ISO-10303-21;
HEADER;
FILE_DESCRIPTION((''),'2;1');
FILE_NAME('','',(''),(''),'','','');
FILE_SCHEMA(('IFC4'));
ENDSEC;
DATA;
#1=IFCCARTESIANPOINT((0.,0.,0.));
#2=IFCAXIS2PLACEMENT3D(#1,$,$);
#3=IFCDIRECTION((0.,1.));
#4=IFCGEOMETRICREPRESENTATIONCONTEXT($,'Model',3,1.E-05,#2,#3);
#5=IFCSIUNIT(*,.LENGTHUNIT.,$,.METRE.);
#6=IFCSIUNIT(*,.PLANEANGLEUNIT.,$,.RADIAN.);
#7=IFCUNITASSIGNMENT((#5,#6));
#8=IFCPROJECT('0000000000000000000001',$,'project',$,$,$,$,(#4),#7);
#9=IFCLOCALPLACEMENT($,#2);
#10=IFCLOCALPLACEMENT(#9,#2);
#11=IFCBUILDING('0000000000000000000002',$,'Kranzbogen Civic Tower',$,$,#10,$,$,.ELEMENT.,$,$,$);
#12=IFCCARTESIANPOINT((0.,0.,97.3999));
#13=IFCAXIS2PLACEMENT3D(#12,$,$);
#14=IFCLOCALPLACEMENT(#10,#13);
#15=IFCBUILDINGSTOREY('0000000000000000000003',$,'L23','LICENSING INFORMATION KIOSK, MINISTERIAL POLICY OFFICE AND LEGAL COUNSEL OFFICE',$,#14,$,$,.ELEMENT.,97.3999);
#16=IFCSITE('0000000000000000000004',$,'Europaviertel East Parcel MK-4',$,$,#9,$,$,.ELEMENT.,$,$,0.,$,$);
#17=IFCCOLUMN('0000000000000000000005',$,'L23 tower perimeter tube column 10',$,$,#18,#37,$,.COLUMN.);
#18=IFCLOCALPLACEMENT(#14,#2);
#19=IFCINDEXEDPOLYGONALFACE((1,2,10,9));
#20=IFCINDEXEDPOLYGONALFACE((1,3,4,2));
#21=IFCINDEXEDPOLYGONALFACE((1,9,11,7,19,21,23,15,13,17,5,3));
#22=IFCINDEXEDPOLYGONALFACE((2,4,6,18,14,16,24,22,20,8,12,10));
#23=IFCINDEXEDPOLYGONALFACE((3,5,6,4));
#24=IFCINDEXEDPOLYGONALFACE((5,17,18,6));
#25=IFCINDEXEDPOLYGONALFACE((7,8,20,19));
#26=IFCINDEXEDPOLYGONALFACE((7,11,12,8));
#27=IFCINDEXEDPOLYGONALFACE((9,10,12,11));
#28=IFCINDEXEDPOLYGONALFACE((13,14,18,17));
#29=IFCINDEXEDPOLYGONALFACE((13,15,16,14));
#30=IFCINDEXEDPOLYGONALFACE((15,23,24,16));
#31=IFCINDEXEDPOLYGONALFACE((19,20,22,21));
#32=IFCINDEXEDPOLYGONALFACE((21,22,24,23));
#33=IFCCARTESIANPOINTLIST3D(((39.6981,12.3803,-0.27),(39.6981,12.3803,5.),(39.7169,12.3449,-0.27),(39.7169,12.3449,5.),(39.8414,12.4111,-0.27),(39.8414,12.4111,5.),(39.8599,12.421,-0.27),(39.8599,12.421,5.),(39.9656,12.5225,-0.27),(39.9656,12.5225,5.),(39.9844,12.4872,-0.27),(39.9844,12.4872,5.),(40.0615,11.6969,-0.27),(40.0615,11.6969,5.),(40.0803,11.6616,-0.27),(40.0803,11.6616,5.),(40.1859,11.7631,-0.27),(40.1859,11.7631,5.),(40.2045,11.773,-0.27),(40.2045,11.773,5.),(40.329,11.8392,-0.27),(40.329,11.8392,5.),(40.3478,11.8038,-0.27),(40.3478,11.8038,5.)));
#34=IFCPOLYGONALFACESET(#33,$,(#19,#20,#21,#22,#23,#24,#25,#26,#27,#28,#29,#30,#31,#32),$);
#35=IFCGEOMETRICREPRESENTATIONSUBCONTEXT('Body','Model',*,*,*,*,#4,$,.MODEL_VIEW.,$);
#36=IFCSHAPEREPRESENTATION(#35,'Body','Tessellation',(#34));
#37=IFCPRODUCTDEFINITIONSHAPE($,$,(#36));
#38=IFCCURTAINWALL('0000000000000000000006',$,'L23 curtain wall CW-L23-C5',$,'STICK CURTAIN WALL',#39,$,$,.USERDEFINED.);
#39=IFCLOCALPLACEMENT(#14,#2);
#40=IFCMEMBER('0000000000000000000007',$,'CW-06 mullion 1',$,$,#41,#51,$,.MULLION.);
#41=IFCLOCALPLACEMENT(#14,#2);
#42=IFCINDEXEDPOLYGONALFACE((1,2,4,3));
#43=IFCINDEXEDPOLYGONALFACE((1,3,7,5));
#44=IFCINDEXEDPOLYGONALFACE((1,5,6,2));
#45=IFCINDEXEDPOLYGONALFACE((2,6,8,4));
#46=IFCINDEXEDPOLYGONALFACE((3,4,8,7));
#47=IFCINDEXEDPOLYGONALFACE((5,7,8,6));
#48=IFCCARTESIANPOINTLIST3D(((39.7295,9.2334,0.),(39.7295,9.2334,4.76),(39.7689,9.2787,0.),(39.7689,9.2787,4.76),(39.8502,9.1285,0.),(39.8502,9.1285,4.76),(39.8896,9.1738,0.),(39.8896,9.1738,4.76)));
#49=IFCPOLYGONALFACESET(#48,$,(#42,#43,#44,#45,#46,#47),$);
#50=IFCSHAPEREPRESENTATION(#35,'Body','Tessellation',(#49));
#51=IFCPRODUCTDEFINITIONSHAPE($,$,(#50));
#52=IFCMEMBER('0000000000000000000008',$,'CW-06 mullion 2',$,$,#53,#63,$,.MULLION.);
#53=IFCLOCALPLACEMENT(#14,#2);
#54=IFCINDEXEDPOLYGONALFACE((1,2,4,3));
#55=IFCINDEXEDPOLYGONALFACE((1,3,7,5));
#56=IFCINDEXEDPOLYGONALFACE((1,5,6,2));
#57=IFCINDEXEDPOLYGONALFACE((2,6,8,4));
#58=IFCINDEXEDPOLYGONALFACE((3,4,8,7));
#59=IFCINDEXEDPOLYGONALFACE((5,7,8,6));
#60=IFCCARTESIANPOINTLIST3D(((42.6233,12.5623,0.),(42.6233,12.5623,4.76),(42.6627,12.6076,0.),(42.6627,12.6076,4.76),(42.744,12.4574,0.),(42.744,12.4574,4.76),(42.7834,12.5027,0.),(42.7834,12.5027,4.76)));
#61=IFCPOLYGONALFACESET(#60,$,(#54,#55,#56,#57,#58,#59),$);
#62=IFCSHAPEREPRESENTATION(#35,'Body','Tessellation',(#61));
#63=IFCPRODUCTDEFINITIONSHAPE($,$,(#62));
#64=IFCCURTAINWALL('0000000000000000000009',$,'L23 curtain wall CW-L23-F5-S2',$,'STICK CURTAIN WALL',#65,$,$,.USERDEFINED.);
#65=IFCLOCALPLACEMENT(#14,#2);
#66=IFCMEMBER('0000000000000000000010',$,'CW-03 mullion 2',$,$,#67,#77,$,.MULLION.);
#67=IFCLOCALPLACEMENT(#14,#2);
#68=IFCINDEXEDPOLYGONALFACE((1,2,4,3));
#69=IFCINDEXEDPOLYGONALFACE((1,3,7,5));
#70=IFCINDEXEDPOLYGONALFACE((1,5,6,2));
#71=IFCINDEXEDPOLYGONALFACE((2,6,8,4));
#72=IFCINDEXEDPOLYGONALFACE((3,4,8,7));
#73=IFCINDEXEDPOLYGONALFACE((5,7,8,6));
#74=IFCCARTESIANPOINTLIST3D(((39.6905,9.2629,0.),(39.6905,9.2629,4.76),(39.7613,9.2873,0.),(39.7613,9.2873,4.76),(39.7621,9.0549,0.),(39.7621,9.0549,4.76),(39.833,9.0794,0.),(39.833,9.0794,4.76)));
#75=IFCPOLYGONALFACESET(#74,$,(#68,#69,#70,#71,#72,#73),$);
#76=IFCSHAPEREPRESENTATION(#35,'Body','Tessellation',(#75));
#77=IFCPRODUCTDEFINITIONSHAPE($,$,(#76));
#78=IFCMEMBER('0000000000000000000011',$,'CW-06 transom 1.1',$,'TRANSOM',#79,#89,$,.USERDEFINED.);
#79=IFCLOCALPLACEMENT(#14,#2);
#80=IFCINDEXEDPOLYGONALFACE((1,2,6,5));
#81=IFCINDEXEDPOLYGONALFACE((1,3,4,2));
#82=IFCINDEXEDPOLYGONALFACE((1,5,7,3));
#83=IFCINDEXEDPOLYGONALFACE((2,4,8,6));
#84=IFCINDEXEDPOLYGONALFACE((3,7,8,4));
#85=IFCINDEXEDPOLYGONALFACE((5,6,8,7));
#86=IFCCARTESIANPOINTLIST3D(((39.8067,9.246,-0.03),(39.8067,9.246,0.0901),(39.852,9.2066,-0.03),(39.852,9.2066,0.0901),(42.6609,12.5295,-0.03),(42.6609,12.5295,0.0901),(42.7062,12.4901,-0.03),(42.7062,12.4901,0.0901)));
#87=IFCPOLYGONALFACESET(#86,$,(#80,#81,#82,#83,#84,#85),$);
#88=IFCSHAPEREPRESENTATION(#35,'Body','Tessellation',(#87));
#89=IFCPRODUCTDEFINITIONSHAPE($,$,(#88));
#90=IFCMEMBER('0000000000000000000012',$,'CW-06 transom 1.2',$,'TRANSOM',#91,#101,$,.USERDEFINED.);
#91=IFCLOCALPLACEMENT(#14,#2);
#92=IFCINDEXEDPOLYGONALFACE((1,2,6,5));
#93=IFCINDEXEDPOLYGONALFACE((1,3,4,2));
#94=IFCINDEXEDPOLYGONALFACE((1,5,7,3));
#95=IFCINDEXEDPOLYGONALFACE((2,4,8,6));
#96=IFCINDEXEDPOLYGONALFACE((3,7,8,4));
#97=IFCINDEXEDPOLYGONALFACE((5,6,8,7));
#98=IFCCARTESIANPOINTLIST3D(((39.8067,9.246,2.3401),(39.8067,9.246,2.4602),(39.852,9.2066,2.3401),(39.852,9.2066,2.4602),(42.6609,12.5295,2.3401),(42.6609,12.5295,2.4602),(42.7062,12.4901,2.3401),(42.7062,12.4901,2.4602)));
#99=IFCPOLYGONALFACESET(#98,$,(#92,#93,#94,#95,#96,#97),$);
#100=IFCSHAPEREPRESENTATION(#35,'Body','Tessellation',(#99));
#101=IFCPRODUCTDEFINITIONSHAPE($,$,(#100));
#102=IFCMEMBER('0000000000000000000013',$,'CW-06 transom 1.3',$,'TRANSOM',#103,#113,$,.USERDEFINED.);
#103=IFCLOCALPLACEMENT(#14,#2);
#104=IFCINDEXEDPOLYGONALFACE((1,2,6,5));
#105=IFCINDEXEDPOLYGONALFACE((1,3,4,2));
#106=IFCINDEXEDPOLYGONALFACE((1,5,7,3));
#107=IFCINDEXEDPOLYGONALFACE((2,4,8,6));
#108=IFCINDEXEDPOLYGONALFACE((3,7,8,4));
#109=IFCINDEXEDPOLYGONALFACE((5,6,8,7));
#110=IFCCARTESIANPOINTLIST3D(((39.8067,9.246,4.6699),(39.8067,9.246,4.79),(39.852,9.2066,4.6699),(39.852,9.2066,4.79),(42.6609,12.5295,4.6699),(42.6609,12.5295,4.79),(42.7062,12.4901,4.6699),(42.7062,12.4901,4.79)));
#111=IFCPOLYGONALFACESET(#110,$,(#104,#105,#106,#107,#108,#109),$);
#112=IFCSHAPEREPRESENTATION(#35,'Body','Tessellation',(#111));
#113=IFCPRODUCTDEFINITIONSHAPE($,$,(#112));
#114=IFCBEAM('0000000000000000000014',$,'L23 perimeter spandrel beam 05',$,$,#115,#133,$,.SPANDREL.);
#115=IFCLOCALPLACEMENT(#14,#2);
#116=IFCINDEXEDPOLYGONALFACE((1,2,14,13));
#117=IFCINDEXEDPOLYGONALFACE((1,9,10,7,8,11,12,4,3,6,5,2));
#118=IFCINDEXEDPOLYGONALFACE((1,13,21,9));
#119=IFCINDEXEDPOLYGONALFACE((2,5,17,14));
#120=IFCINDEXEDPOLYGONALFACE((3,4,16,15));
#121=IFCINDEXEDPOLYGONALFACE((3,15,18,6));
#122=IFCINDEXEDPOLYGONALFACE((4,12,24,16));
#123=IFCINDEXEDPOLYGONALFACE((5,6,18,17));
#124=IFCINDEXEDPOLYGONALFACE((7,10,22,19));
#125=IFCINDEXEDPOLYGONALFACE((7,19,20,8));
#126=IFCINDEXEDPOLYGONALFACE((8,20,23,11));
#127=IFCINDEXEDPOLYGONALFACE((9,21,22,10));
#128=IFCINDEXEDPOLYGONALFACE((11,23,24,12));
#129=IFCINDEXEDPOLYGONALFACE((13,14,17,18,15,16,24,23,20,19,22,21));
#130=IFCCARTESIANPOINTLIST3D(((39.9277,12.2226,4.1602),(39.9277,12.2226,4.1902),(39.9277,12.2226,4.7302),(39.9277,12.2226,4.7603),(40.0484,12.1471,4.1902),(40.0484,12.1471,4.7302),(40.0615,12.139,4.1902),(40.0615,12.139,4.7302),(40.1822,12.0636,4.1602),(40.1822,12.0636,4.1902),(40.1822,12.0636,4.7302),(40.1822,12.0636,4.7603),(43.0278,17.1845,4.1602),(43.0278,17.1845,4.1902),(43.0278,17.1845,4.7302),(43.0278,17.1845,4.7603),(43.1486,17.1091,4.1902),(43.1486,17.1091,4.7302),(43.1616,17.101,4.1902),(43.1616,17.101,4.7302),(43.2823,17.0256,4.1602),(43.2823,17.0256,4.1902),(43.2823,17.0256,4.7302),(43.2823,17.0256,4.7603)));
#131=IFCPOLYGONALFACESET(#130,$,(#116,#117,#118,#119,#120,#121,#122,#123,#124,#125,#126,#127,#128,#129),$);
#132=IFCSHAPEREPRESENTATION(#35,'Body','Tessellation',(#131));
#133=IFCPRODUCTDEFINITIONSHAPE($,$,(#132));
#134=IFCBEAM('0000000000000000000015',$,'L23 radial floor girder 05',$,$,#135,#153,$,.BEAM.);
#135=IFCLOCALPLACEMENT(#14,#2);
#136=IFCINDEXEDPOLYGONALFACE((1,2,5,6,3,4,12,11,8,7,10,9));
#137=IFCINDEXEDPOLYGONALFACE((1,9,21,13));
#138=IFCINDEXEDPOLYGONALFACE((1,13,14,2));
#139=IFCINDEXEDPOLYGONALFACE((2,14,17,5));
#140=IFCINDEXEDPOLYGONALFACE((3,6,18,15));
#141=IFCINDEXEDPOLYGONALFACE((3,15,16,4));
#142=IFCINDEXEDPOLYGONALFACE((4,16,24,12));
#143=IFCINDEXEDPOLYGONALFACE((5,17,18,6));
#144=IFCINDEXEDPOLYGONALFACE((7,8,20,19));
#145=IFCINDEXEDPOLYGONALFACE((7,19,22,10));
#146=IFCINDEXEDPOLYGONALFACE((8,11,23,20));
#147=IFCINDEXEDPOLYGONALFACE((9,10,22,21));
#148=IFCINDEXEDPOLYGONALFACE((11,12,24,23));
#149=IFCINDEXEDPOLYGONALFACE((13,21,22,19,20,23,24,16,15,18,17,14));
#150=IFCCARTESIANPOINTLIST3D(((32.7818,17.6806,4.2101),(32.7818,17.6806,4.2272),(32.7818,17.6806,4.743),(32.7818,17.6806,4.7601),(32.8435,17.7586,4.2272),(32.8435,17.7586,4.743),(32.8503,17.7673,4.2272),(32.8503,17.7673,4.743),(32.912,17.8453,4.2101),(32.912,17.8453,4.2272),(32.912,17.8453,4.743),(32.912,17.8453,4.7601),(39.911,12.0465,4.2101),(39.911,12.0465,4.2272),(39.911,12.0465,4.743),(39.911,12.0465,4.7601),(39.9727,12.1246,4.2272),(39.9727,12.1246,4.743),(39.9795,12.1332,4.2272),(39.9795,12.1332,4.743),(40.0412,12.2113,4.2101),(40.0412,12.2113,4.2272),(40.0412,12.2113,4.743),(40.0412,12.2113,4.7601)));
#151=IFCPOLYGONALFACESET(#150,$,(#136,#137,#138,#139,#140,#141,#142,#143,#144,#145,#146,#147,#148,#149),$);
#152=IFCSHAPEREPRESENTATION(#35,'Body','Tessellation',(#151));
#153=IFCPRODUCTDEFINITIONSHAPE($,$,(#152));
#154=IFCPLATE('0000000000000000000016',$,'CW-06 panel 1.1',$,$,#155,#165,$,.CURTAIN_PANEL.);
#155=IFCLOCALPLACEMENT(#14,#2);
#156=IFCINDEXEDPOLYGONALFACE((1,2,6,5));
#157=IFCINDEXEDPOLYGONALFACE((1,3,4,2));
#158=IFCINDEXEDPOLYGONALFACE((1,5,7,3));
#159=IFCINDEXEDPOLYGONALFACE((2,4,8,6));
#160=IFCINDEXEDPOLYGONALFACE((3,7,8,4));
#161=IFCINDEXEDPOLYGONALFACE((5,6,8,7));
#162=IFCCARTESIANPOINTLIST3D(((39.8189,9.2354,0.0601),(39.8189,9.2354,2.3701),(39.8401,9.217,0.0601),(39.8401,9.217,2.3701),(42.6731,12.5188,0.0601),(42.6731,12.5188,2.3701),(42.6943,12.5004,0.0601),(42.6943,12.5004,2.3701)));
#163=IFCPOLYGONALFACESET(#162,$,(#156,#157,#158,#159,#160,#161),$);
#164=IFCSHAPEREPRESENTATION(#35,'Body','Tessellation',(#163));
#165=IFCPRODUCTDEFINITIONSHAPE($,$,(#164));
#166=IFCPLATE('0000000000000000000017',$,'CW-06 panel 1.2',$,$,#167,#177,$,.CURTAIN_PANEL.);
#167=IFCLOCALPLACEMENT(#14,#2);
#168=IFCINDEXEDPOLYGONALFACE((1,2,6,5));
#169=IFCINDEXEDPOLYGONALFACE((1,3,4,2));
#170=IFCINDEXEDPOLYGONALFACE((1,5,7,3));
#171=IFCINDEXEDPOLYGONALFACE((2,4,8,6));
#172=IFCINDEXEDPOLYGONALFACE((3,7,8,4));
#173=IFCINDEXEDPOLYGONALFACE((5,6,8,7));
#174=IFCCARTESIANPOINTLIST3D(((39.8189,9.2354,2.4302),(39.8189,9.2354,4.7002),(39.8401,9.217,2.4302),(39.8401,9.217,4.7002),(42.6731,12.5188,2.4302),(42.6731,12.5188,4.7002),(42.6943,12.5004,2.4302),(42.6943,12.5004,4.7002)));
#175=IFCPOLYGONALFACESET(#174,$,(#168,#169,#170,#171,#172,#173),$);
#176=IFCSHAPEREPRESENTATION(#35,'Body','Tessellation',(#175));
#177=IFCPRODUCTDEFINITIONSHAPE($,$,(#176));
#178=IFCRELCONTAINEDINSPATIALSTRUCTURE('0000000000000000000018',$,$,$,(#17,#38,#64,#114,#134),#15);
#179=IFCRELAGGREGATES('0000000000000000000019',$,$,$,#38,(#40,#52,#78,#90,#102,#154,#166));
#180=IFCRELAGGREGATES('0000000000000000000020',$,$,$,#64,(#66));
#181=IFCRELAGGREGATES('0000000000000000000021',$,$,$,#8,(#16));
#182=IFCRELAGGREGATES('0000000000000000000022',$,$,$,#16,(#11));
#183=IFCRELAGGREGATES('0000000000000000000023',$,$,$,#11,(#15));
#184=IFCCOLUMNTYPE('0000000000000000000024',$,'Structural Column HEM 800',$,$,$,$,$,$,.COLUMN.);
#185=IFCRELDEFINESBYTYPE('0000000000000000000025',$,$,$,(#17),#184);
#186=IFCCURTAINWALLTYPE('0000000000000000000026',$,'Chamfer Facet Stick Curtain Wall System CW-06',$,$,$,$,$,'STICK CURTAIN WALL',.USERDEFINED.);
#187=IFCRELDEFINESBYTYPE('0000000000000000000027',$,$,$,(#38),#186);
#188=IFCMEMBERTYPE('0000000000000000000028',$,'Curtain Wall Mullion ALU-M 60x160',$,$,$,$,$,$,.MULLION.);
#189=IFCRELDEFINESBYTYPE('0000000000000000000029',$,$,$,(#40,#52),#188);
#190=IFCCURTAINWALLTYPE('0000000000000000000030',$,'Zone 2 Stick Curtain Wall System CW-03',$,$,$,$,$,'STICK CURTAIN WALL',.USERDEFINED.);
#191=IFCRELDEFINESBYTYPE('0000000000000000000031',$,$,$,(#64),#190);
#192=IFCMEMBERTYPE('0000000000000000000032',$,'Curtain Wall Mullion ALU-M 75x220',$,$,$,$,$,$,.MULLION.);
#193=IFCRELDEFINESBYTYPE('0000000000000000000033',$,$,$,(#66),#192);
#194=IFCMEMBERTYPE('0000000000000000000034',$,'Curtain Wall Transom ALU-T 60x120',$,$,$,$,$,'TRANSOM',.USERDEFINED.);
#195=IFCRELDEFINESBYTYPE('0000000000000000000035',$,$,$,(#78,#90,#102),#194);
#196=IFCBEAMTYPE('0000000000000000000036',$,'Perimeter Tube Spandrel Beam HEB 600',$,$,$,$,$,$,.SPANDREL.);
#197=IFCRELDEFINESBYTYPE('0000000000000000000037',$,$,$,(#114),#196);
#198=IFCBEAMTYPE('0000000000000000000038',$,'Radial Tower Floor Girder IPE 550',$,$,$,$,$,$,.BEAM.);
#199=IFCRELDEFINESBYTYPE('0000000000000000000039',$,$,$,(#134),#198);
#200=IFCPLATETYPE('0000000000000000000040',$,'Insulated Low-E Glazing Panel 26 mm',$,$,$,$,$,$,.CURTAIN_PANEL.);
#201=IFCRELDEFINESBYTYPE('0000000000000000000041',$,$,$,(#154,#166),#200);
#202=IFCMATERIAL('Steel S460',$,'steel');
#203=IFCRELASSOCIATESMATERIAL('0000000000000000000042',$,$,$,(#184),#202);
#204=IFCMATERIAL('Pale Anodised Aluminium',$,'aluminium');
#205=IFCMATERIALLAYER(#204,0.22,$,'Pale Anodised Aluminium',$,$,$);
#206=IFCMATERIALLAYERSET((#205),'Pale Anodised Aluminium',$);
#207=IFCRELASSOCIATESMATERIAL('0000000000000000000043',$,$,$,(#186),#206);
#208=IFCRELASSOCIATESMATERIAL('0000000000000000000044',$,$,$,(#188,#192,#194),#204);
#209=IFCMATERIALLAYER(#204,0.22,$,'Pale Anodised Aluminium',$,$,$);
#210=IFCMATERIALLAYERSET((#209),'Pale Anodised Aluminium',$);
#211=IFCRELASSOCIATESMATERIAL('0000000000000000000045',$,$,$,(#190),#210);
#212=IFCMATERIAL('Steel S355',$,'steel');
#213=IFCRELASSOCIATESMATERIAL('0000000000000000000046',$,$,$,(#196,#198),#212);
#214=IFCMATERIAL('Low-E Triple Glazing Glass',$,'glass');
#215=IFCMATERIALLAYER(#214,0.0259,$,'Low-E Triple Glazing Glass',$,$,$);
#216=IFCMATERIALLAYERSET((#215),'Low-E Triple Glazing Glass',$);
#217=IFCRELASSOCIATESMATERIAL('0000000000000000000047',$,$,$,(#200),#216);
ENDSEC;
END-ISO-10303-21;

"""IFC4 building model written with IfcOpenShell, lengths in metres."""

from ifc_helpers import new_model, si_unit, direction, frame, origin, origin_2d, place, context, subcontext, project, spatial, rectangle, i_section, extrude, material, layer, layer_set, material_profile, profile_set, type_object, element, aggregate, save


model = new_model("IFC4")

# Units and contexts
model_context = context("Model", 3, precision=1e-05, world=origin(), true_north=direction((0.0, 1.0)))
body_context = subcontext(model_context, "Body", "Model", "MODEL_VIEW")
ifc_project = project(units=[si_unit("LENGTHUNIT", "METRE"), si_unit("PLANEANGLEUNIT", "RADIAN")], contexts=[model_context])

# Site, building, storey
site_placement = place(None, origin())
site = spatial("IfcSite", under=ifc_project, at=site_placement, Name="Europaviertel East Parcel MK-4", CompositionType="ELEMENT", RefElevation=0.0)
building_placement = place(site_placement, origin())
building = spatial("IfcBuilding", under=site, at=building_placement, Name="Kranzbogen Civic Tower", CompositionType="ELEMENT")
storey_placement = place(building_placement, frame((0.0, 0.0, 97.3999)))
storey = spatial("IfcBuildingStorey", under=building, at=storey_placement, Name="L23", Description="LICENSING INFORMATION KIOSK, MINISTERIAL POLICY OFFICE AND LEGAL COUNSEL OFFICE", CompositionType="ELEMENT", Elevation=97.3999)

# Column
ifc_material_1 = material(Name="Steel S460", Category="steel")
ifc_material_profile_1 = material_profile(ifc_material_1, i_section(OverallWidth=0.303, OverallDepth=0.814, WebThickness=0.021, FlangeThickness=0.04, at=origin_2d()), Name="HEM 800")
ifc_profile_set_1 = profile_set([ifc_material_profile_1], Name="Steel S460")
column_type = type_object("IfcColumnType", Name="Structural Column HEM 800", PredefinedType="COLUMN", material=ifc_profile_set_1)
column_placement = place(storey_placement, frame((40.0229, 12.092, -0.27), z_axis=(0.0, 0.0, 1.0), x_axis=(0.882948, 0.469472, 0.0)))
element("IfcColumn", 1, at=column_placement, inside=storey, type_object=column_type, Name="L23 tower perimeter tube column 10", PredefinedType="COLUMN", context=body_context, shape_type="SweptSolid", body=[
    extrude(i_section(OverallWidth=0.303, OverallDepth=0.814, WebThickness=0.021, FlangeThickness=0.04, at=origin_2d()), origin(), (0.0, 0.0, 1.0), 5.27),
])

# Curtain wall, members
ifc_material_2 = material(Name="Pale Anodised Aluminium", Category="aluminium")
ifc_layer_1 = layer(ifc_material_2, 0.22, Name="Pale Anodised Aluminium")
ifc_layer_set_1 = layer_set([ifc_layer_1], Name="Pale Anodised Aluminium")
curtain_wall_type_1 = type_object("IfcCurtainWallType", Name="Chamfer Facet Stick Curtain Wall System CW-06", ElementType="STICK CURTAIN WALL", PredefinedType="USERDEFINED", material=ifc_layer_set_1)
curtain_wall_1_placement = place(storey_placement, origin())
curtain_wall_1 = element("IfcCurtainWall", 2, at=curtain_wall_1_placement, inside=storey, type_object=curtain_wall_type_1, Name="L23 curtain wall CW-L23-C5", ObjectType="STICK CURTAIN WALL", PredefinedType="USERDEFINED")
ifc_material_profile_2 = material_profile(ifc_material_2, rectangle(XDim=0.0601, YDim=0.1599, at=origin_2d()), Name="ALU-M 60x160")
ifc_profile_set_2 = profile_set([ifc_material_profile_2], Name="Pale Anodised Aluminium")
member_type_1 = type_object("IfcMemberType", Name="Curtain Wall Mullion ALU-M 60x160", PredefinedType="MULLION", material=ifc_profile_set_2)
member_1_placement = place(storey_placement, frame((39.8096, 9.2036, 0.0), z_axis=(0.0, 0.0, 1.0), x_axis=(0.656062, 0.754707, 0.0)))
member_1 = element("IfcMember", 3, at=member_1_placement, type_object=member_type_1, Name="CW-06 mullion 1", PredefinedType="MULLION", context=body_context, shape_type="SweptSolid", body=[
    extrude(rectangle(XDim=0.0601, YDim=0.1599, at=origin_2d()), origin(), (0.0, 0.0, 1.0), 4.76),
])
member_2_placement = place(storey_placement, frame((42.7034, 12.5325, 0.0), z_axis=(0.0, 0.0, 1.0), x_axis=(0.656062, 0.754707, 0.0)))
member_2 = element("IfcMember", 4, at=member_2_placement, type_object=member_type_1, Name="CW-06 mullion 2", PredefinedType="MULLION", context=body_context, shape_type="SweptSolid", body=[
    extrude(rectangle(XDim=0.0601, YDim=0.1599, at=origin_2d()), origin(), (0.0, 0.0, 1.0), 4.76),
])

# Curtain wall, member
ifc_layer_2 = layer(ifc_material_2, 0.22, Name="Pale Anodised Aluminium")
ifc_layer_set_2 = layer_set([ifc_layer_2], Name="Pale Anodised Aluminium")
curtain_wall_type_2 = type_object("IfcCurtainWallType", Name="Zone 2 Stick Curtain Wall System CW-03", ElementType="STICK CURTAIN WALL", PredefinedType="USERDEFINED", material=ifc_layer_set_2)
curtain_wall_2_placement = place(storey_placement, origin())
curtain_wall_2 = element("IfcCurtainWall", 5, at=curtain_wall_2_placement, inside=storey, type_object=curtain_wall_type_2, Name="L23 curtain wall CW-L23-F5-S2", ObjectType="STICK CURTAIN WALL", PredefinedType="USERDEFINED")
ifc_material_profile_3 = material_profile(ifc_material_2, rectangle(XDim=0.075, YDim=0.22, at=origin_2d()), Name="ALU-M 75x220")
ifc_profile_set_3 = profile_set([ifc_material_profile_3], Name="Pale Anodised Aluminium")
member_type_2 = type_object("IfcMemberType", Name="Curtain Wall Mullion ALU-M 75x220", PredefinedType="MULLION", material=ifc_profile_set_3)
member_3_placement = place(storey_placement, frame((39.7617, 9.1711, 0.0), z_axis=(0.0, 0.0, 1.0), x_axis=(0.945507, 0.325603, 0.0)))
member_3 = element("IfcMember", 6, at=member_3_placement, type_object=member_type_2, Name="CW-03 mullion 2", PredefinedType="MULLION", context=body_context, shape_type="SweptSolid", body=[
    extrude(rectangle(XDim=0.075, YDim=0.22, at=origin_2d()), origin(), (0.0, 0.0, 1.0), 4.76),
])

# Members
ifc_material_profile_4 = material_profile(ifc_material_2, rectangle(XDim=0.0601, YDim=0.1201, at=origin_2d()), Name="ALU-T 60x120")
ifc_profile_set_4 = profile_set([ifc_material_profile_4], Name="Pale Anodised Aluminium")
member_type_3 = type_object("IfcMemberType", Name="Curtain Wall Transom ALU-T 60x120", ElementType="TRANSOM", PredefinedType="USERDEFINED", material=ifc_profile_set_4)
member_4_placement = place(storey_placement, frame((39.8293, 9.2263, 0.03), z_axis=(0.656058, 0.754711, 0.0), x_axis=(-0.754711, 0.656058, 0.0)))
member_4 = element("IfcMember", 7, at=member_4_placement, type_object=member_type_3, Name="CW-06 transom 1.1", ObjectType="TRANSOM", PredefinedType="USERDEFINED", context=body_context, shape_type="SweptSolid", body=[
    extrude(rectangle(XDim=0.0601, YDim=0.1201, at=origin_2d()), origin(), (0.0, 0.0, 1.0), 4.3506),
])
member_5_placement = place(storey_placement, frame((39.8293, 9.2263, 2.4001), z_axis=(0.656058, 0.754711, 0.0), x_axis=(-0.754711, 0.656058, 0.0)))
member_5 = element("IfcMember", 8, at=member_5_placement, type_object=member_type_3, Name="CW-06 transom 1.2", ObjectType="TRANSOM", PredefinedType="USERDEFINED", context=body_context, shape_type="SweptSolid", body=[
    extrude(rectangle(XDim=0.0601, YDim=0.1201, at=origin_2d()), origin(), (0.0, 0.0, 1.0), 4.3506),
])
member_6_placement = place(storey_placement, frame((39.8293, 9.2263, 4.73), z_axis=(0.656058, 0.754711, 0.0), x_axis=(-0.754711, 0.656058, 0.0)))
member_6 = element("IfcMember", 9, at=member_6_placement, type_object=member_type_3, Name="CW-06 transom 1.3", ObjectType="TRANSOM", PredefinedType="USERDEFINED", context=body_context, shape_type="SweptSolid", body=[
    extrude(rectangle(XDim=0.0601, YDim=0.1201, at=origin_2d()), origin(), (0.0, 0.0, 1.0), 4.3506),
])

# Beams
ifc_material_3 = material(Name="Steel S355", Category="steel")
ifc_material_profile_5 = material_profile(ifc_material_3, i_section(OverallWidth=0.3, OverallDepth=0.6001, WebThickness=0.0154, FlangeThickness=0.03, at=origin_2d()), Name="HEB 600")
ifc_profile_set_5 = profile_set([ifc_material_profile_5], Name="Steel S355")
beam_type_1 = type_object("IfcBeamType", Name="Perimeter Tube Spandrel Beam HEB 600", PredefinedType="SPANDREL", material=ifc_profile_set_5)
beam_1_placement = place(storey_placement, frame((40.0549, 12.1431, 4.4602), z_axis=(0.529864, 0.848083, 0.0), x_axis=(-0.848083, 0.529864, 0.0)))
element("IfcBeam", 10, at=beam_1_placement, inside=storey, type_object=beam_type_1, Name="L23 perimeter spandrel beam 05", PredefinedType="SPANDREL", context=body_context, shape_type="SweptSolid", body=[
    extrude(i_section(OverallWidth=0.3, OverallDepth=0.6001, WebThickness=0.0154, FlangeThickness=0.03, at=origin_2d()), origin(), (0.0, 0.0, 1.0), 5.8508),
])
ifc_material_profile_6 = material_profile(ifc_material_3, i_section(OverallWidth=0.21, OverallDepth=0.55, WebThickness=0.011, FlangeThickness=0.0171, at=origin_2d()), Name="IPE 550")
ifc_profile_set_6 = profile_set([ifc_material_profile_6], Name="Steel S355")
beam_type_2 = type_object("IfcBeamType", Name="Radial Tower Floor Girder IPE 550", PredefinedType="BEAM", material=ifc_profile_set_6)
beam_2_placement = place(storey_placement, frame((39.9761, 12.1289, 4.4851), z_axis=(-0.784575, 0.620034, 0.0), x_axis=(-0.620034, -0.784575, 0.0)))
element("IfcBeam", 11, at=beam_2_placement, inside=storey, type_object=beam_type_2, Name="L23 radial floor girder 05", PredefinedType="BEAM", context=body_context, shape_type="SweptSolid", body=[
    extrude(i_section(OverallWidth=0.21, OverallDepth=0.55, WebThickness=0.011, FlangeThickness=0.0171, at=origin_2d()), origin(), (0.0, 0.0, 1.0), 9.0867),
])

# Plates
ifc_material_4 = material(Name="Low-E Triple Glazing Glass", Category="glass")
ifc_layer_3 = layer(ifc_material_4, 0.0259, Name="Low-E Triple Glazing Glass")
ifc_layer_set_3 = layer_set([ifc_layer_3], Name="Low-E Triple Glazing Glass")
plate_type_1 = type_object("IfcPlateType", Name="Insulated Low-E Glazing Panel 26 mm", PredefinedType="CURTAIN_PANEL", material=ifc_layer_set_3)
plate_1_placement = place(storey_placement, frame((41.2566, 10.8679, 0.0601), z_axis=(0.0, 0.0, 1.0), x_axis=(0.656062, 0.754707, 0.0)))
plate_1 = element("IfcPlate", 12, at=plate_1_placement, type_object=plate_type_1, Name="CW-06 panel 1.1", PredefinedType="CURTAIN_PANEL", context=body_context, shape_type="SweptSolid", body=[
    extrude(rectangle(XDim=4.3506, YDim=0.0281, at=origin_2d()), origin(), (0.0, 0.0, 1.0), 2.3101),
])
plate_2_placement = place(storey_placement, frame((41.2566, 10.8679, 2.4302), z_axis=(0.0, 0.0, 1.0), x_axis=(0.656062, 0.754707, 0.0)))
plate_2 = element("IfcPlate", 13, at=plate_2_placement, type_object=plate_type_1, Name="CW-06 panel 1.2", PredefinedType="CURTAIN_PANEL", context=body_context, shape_type="SweptSolid", body=[
    extrude(rectangle(XDim=4.3506, YDim=0.0281, at=origin_2d()), origin(), (0.0, 0.0, 1.0), 2.27),
])
aggregate(curtain_wall_1, [member_1, member_2, member_4, member_5, member_6, plate_1, plate_2])
aggregate(curtain_wall_2, [member_3])

save(model, "model.ifc")
